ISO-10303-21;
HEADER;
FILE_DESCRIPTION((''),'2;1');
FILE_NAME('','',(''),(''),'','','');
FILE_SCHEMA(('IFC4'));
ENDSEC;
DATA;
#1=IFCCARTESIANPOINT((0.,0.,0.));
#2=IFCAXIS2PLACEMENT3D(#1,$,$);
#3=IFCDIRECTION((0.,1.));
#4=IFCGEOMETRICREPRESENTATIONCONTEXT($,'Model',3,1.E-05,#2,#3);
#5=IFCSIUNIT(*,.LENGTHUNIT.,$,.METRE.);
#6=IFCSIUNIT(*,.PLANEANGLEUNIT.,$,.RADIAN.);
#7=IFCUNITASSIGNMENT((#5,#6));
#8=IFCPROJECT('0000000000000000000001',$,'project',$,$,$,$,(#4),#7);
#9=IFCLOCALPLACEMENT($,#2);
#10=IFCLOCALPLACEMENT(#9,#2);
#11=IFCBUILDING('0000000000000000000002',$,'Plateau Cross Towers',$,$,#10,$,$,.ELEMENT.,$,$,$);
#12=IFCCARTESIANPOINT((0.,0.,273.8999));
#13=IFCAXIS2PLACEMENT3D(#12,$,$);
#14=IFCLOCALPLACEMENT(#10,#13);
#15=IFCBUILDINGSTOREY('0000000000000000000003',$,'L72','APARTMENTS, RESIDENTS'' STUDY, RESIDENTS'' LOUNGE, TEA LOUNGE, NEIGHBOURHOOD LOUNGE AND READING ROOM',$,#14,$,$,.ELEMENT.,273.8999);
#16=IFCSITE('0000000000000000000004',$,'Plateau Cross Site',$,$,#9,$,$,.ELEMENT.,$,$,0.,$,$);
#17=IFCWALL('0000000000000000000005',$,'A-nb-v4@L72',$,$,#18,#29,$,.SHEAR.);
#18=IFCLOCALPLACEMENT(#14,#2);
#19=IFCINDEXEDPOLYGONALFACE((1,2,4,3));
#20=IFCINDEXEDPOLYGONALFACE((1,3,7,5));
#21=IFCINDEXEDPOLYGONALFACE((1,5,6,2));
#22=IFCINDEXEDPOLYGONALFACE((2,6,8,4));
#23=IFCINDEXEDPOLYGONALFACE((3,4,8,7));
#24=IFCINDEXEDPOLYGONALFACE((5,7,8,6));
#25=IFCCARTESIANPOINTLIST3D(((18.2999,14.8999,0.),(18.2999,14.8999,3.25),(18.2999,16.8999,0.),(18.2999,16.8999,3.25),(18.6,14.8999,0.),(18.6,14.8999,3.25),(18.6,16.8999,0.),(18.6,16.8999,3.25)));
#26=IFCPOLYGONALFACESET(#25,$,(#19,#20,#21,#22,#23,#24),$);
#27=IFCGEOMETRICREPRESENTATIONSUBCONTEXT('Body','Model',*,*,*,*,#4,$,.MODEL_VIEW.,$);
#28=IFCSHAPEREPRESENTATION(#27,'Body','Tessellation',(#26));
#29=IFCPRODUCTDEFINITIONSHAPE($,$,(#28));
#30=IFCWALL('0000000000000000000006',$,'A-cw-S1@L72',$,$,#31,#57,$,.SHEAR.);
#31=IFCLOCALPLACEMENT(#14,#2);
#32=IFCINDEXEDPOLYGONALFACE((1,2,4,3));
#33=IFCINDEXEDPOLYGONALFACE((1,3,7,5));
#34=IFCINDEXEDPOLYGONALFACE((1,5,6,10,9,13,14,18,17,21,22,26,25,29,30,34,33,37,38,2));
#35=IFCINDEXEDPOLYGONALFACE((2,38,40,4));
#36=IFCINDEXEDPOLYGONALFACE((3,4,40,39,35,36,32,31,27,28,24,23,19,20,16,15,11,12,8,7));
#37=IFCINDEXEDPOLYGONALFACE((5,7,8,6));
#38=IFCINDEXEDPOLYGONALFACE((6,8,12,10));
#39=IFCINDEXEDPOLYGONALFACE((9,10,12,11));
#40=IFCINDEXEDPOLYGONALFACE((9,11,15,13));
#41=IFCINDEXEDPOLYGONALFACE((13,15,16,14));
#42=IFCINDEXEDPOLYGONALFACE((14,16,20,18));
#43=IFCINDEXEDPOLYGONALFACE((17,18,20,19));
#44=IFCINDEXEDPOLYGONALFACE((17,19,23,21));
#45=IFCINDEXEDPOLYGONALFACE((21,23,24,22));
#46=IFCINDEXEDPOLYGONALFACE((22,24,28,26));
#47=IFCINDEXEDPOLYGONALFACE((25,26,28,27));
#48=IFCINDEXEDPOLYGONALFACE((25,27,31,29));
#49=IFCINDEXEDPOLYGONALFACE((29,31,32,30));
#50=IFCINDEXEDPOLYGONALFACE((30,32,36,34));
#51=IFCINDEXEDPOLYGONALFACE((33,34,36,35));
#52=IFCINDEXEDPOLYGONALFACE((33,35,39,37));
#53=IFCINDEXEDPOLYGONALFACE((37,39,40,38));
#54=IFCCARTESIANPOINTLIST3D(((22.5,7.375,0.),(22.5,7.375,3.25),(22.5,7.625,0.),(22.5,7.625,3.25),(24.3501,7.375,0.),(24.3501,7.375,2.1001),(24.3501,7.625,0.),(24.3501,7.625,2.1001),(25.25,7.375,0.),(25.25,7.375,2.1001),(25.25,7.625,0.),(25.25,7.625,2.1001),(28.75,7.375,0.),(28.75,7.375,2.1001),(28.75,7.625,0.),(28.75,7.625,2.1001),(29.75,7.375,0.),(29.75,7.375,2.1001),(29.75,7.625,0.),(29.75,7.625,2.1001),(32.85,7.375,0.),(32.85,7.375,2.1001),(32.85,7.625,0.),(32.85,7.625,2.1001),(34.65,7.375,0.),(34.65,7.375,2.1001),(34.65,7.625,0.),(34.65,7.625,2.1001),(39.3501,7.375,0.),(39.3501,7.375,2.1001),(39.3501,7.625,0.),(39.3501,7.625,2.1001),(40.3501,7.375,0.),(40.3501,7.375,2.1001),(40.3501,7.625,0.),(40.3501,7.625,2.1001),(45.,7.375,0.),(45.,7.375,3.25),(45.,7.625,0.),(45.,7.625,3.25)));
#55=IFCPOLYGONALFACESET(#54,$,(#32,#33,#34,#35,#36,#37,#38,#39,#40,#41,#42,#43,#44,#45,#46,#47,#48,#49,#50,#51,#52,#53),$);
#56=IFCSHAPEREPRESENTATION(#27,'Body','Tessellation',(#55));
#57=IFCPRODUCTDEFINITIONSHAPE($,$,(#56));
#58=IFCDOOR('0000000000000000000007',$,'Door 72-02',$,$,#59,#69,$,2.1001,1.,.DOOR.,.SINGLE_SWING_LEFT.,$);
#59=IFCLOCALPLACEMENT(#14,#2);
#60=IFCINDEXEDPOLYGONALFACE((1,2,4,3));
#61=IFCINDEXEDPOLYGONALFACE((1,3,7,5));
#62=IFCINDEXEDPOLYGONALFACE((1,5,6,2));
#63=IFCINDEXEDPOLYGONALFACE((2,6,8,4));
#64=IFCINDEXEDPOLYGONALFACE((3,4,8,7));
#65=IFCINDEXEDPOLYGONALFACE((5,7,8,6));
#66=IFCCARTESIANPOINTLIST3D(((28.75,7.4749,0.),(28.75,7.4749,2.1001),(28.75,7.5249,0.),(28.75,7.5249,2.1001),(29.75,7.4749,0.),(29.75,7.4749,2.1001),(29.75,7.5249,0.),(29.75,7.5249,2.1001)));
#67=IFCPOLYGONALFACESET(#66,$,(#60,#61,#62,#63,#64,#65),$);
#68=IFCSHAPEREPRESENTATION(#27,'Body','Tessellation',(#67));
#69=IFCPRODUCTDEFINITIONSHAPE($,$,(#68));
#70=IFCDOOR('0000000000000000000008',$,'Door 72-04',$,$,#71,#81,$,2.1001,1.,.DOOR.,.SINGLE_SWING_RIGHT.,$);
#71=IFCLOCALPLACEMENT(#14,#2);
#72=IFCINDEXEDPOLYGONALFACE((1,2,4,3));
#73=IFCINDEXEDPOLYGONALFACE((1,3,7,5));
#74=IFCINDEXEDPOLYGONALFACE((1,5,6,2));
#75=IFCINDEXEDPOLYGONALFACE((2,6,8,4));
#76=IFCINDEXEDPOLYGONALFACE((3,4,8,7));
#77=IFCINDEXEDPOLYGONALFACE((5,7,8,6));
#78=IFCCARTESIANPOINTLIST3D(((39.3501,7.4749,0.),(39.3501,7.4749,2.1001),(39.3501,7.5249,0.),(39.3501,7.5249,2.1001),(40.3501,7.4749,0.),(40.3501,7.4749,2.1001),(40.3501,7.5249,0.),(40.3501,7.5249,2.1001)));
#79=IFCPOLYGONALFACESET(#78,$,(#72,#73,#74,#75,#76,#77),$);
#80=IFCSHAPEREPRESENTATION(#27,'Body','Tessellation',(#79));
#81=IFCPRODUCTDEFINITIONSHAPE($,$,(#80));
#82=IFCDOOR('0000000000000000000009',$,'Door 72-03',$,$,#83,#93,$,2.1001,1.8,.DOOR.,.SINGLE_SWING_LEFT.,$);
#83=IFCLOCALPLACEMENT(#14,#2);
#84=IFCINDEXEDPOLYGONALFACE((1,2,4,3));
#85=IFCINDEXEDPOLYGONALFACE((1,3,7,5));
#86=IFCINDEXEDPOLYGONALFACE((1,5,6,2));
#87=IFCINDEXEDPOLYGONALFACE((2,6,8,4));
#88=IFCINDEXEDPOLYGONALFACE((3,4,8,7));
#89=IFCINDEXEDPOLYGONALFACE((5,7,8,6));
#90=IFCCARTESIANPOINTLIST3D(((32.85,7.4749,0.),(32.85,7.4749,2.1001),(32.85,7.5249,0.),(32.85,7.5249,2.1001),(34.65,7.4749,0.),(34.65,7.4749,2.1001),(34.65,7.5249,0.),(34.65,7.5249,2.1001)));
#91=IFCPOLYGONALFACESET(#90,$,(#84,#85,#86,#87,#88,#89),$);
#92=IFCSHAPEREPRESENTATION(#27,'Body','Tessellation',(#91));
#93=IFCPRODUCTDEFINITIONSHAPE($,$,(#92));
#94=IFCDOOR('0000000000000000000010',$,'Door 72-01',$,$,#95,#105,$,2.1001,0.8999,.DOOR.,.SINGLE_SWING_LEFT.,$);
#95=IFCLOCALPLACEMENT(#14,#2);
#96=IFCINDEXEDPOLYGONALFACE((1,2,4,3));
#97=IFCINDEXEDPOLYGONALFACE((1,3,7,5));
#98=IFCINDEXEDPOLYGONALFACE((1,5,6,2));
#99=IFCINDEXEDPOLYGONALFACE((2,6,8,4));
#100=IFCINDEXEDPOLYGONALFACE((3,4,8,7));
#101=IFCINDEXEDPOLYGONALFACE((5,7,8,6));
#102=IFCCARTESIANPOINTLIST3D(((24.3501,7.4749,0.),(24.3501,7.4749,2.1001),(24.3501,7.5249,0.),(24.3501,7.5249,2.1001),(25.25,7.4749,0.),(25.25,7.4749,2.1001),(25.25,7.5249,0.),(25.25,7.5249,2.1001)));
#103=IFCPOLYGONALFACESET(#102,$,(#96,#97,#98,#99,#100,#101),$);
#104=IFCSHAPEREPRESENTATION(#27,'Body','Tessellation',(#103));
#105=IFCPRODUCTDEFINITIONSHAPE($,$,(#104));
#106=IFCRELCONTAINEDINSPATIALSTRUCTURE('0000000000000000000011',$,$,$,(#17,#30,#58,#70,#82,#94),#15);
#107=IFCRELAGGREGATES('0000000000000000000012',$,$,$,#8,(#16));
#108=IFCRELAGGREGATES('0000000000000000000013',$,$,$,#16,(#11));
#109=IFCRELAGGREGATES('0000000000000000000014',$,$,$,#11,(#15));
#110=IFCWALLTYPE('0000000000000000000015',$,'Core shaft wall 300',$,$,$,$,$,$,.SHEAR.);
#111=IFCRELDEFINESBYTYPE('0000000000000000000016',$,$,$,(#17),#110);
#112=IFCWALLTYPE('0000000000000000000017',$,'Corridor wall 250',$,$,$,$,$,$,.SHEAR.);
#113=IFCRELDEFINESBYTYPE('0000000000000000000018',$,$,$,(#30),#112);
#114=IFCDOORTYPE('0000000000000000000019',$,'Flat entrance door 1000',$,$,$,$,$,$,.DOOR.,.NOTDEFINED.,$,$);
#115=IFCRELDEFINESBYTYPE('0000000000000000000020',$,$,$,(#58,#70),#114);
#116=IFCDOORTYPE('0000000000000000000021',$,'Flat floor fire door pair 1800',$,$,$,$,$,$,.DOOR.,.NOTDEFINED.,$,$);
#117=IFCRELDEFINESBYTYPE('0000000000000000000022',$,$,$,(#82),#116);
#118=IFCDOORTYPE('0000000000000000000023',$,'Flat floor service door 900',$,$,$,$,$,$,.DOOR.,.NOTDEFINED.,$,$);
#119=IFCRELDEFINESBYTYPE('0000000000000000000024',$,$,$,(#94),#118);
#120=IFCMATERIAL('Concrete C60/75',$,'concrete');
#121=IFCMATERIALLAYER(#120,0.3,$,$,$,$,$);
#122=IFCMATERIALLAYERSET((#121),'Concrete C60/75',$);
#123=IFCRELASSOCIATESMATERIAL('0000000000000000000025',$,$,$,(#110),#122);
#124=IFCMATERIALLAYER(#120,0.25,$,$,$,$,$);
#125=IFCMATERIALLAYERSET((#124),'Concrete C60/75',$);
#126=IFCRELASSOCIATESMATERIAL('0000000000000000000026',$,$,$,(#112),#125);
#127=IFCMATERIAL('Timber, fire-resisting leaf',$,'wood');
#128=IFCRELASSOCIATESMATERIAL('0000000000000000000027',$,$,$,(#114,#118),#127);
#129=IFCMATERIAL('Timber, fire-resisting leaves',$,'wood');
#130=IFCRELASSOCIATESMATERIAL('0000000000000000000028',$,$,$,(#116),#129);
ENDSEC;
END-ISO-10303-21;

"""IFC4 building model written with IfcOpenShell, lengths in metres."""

from ifc_helpers import new_model, si_unit, direction, frame, frame_2d, origin, place, context, subcontext, project, spatial, rectangle, extrude, material, layer, layer_set, type_object, element, fill, save


model = new_model("IFC4")

# Units and contexts
model_context = context("Model", 3, precision=1e-05, world=origin(), true_north=direction((0.0, 1.0)))
body_context = subcontext(model_context, "Body", "Model", "MODEL_VIEW")
ifc_project = project(units=[si_unit("LENGTHUNIT", "METRE"), si_unit("PLANEANGLEUNIT", "RADIAN")], contexts=[model_context])

# Site, building, storey
site_placement = place(None, origin())
site = spatial("IfcSite", under=ifc_project, at=site_placement, Name="Plateau Cross Site", CompositionType="ELEMENT", RefElevation=0.0)
building_placement = place(site_placement, origin())
building = spatial("IfcBuilding", under=site, at=building_placement, Name="Plateau Cross Towers", CompositionType="ELEMENT")
storey_placement = place(building_placement, frame((0.0, 0.0, 273.8999)))
storey = spatial("IfcBuildingStorey", under=building, at=storey_placement, Name="L72", Description="APARTMENTS, RESIDENTS' STUDY, RESIDENTS' LOUNGE, TEA LOUNGE, NEIGHBOURHOOD LOUNGE AND READING ROOM", CompositionType="ELEMENT", Elevation=273.8999)

# Shared definitions
ifc_material_1 = material(Name="Concrete C60/75", Category="concrete")

# Wall
ifc_layer_1 = layer(ifc_material_1, 0.3)
ifc_layer_set_1 = layer_set([ifc_layer_1], Name="Concrete C60/75")
wall_type_1 = type_object("IfcWallType", Name="Core shaft wall 300", PredefinedType="SHEAR", material=ifc_layer_set_1)
for number, where, z_axis, x_axis, name in (
    (1, (18.45, 14.8999, 0.0), (0.0, 0.0, 1.0), (0.0, 1.0, 0.0), "A-nb-v4@L72"),
):
    element("IfcWall", number, at=place(storey_placement, frame(where, z_axis=z_axis, x_axis=x_axis)), inside=storey, type_object=wall_type_1, Name=name, PredefinedType="SHEAR", context=body_context, shape_type="SweptSolid", body=[
        extrude(rectangle(XDim=2.0, YDim=0.3, at=frame_2d((1.0, 0.0))), origin(), (0.0, 0.0, 1.0), 3.25),
    ])

# Wall, openings, doors
ifc_layer_2 = layer(ifc_material_1, 0.25)
ifc_layer_set_2 = layer_set([ifc_layer_2], Name="Concrete C60/75")
wall_type_2 = type_object("IfcWallType", Name="Corridor wall 250", PredefinedType="SHEAR", material=ifc_layer_set_2)
wall_1_placement = place(storey_placement, frame((22.5, 7.5, 0.0), z_axis=(0.0, 0.0, 1.0), x_axis=(1.0, 0.0, 0.0)))
wall_1 = element("IfcWall", 2, at=wall_1_placement, inside=storey, type_object=wall_type_2, Name="A-cw-S1@L72", PredefinedType="SHEAR", context=body_context, shape_type="SweptSolid", body=[
    extrude(rectangle(XDim=22.5, YDim=0.25, at=frame_2d((11.25, 0.0))), origin(), (0.0, 0.0, 1.0), 3.25),
])
opening_1_placement = place(wall_1_placement, frame((1.8501, 0.0, 0.0)))
opening_1 = element("IfcOpeningElement", 3, at=opening_1_placement, cuts=wall_1, PredefinedType="OPENING", context=body_context, shape_type="SweptSolid", body=[
    extrude(rectangle(XDim=0.8999, YDim=2.1001, at=frame_2d((0.45, 1.05))), frame((0.0, 0.135, 0.0), z_axis=(0.0, -1.0, 0.0), x_axis=(1.0, 0.0, 0.0)), (0.0, 0.0, 1.0), 0.27),
])
opening_2_placement = place(wall_1_placement, frame((6.25, 0.0, 0.0)))
opening_2 = element("IfcOpeningElement", 4, at=opening_2_placement, cuts=wall_1, PredefinedType="OPENING", context=body_context, shape_type="SweptSolid", body=[
    extrude(rectangle(XDim=1.0, YDim=2.1001, at=frame_2d((0.5, 1.05))), frame((0.0, 0.135, 0.0), z_axis=(0.0, -1.0, 0.0), x_axis=(1.0, 0.0, 0.0)), (0.0, 0.0, 1.0), 0.27),
])
opening_3_placement = place(wall_1_placement, frame((10.3501, 0.0, 0.0)))
opening_3 = element("IfcOpeningElement", 5, at=opening_3_placement, cuts=wall_1, PredefinedType="OPENING", context=body_context, shape_type="SweptSolid", body=[
    extrude(rectangle(XDim=1.8, YDim=2.1001, at=frame_2d((0.8999, 1.05))), frame((0.0, 0.135, 0.0), z_axis=(0.0, -1.0, 0.0), x_axis=(1.0, 0.0, 0.0)), (0.0, 0.0, 1.0), 0.27),
])
opening_4_placement = place(wall_1_placement, frame((16.8501, 0.0, 0.0)))
opening_4 = element("IfcOpeningElement", 6, at=opening_4_placement, cuts=wall_1, PredefinedType="OPENING", context=body_context, shape_type="SweptSolid", body=[
    extrude(rectangle(XDim=1.0, YDim=2.1001, at=frame_2d((0.5, 1.05))), frame((0.0, 0.135, 0.0), z_axis=(0.0, -1.0, 0.0), x_axis=(1.0, 0.0, 0.0)), (0.0, 0.0, 1.0), 0.27),
])
ifc_material_2 = material(Name="Timber, fire-resisting leaf", Category="wood")
door_type_1 = type_object("IfcDoorType", Name="Flat entrance door 1000", OperationType="NOTDEFINED", PredefinedType="DOOR", material=ifc_material_2)
door_1_placement = place(opening_2_placement, origin())
door_1 = element("IfcDoor", 7, at=door_1_placement, inside=storey, type_object=door_type_1, Name="Door 72-02", OperationType="SINGLE_SWING_LEFT", OverallHeight=2.1001, OverallWidth=1.0, PredefinedType="DOOR", context=body_context, shape_type="SweptSolid", body=[
    extrude(rectangle(XDim=1.0, YDim=2.1001, at=frame_2d((0.5, 1.05))), frame((0.0, 0.0249, 0.0), z_axis=(0.0, -1.0, 0.0), x_axis=(1.0, 0.0, 0.0)), (0.0, 0.0, 1.0), 0.05),
])
fill(opening_2, door_1)
door_2_placement = place(opening_4_placement, origin())
door_2 = element("IfcDoor", 8, at=door_2_placement, inside=storey, type_object=door_type_1, Name="Door 72-04", OperationType="SINGLE_SWING_RIGHT", OverallHeight=2.1001, OverallWidth=1.0, PredefinedType="DOOR", context=body_context, shape_type="SweptSolid", body=[
    extrude(rectangle(XDim=1.0, YDim=2.1001, at=frame_2d((0.5, 1.05))), frame((0.0, 0.0249, 0.0), z_axis=(0.0, -1.0, 0.0), x_axis=(1.0, 0.0, 0.0)), (0.0, 0.0, 1.0), 0.05),
])
fill(opening_4, door_2)
ifc_material_3 = material(Name="Timber, fire-resisting leaves", Category="wood")
door_type_2 = type_object("IfcDoorType", Name="Flat floor fire door pair 1800", OperationType="NOTDEFINED", PredefinedType="DOOR", material=ifc_material_3)
door_3_placement = place(opening_3_placement, origin())
door_3 = element("IfcDoor", 9, at=door_3_placement, inside=storey, type_object=door_type_2, Name="Door 72-03", OperationType="SINGLE_SWING_LEFT", OverallHeight=2.1001, OverallWidth=1.8, PredefinedType="DOOR", context=body_context, shape_type="SweptSolid", body=[
    extrude(rectangle(XDim=1.8, YDim=2.1001, at=frame_2d((0.8999, 1.05))), frame((0.0, 0.0249, 0.0), z_axis=(0.0, -1.0, 0.0), x_axis=(1.0, 0.0, 0.0)), (0.0, 0.0, 1.0), 0.05),
])
fill(opening_3, door_3)
door_type_3 = type_object("IfcDoorType", Name="Flat floor service door 900", OperationType="NOTDEFINED", PredefinedType="DOOR", material=ifc_material_2)
door_4_placement = place(opening_1_placement, origin())
door_4 = element("IfcDoor", 10, at=door_4_placement, inside=storey, type_object=door_type_3, Name="Door 72-01", OperationType="SINGLE_SWING_LEFT", OverallHeight=2.1001, OverallWidth=0.8999, PredefinedType="DOOR", context=body_context, shape_type="SweptSolid", body=[
    extrude(rectangle(XDim=0.8999, YDim=2.1001, at=frame_2d((0.45, 1.05))), frame((0.0, 0.0249, 0.0), z_axis=(0.0, -1.0, 0.0), x_axis=(1.0, 0.0, 0.0)), (0.0, 0.0, 1.0), 0.05),
])
fill(opening_1, door_4)

save(model, "model.ifc")
